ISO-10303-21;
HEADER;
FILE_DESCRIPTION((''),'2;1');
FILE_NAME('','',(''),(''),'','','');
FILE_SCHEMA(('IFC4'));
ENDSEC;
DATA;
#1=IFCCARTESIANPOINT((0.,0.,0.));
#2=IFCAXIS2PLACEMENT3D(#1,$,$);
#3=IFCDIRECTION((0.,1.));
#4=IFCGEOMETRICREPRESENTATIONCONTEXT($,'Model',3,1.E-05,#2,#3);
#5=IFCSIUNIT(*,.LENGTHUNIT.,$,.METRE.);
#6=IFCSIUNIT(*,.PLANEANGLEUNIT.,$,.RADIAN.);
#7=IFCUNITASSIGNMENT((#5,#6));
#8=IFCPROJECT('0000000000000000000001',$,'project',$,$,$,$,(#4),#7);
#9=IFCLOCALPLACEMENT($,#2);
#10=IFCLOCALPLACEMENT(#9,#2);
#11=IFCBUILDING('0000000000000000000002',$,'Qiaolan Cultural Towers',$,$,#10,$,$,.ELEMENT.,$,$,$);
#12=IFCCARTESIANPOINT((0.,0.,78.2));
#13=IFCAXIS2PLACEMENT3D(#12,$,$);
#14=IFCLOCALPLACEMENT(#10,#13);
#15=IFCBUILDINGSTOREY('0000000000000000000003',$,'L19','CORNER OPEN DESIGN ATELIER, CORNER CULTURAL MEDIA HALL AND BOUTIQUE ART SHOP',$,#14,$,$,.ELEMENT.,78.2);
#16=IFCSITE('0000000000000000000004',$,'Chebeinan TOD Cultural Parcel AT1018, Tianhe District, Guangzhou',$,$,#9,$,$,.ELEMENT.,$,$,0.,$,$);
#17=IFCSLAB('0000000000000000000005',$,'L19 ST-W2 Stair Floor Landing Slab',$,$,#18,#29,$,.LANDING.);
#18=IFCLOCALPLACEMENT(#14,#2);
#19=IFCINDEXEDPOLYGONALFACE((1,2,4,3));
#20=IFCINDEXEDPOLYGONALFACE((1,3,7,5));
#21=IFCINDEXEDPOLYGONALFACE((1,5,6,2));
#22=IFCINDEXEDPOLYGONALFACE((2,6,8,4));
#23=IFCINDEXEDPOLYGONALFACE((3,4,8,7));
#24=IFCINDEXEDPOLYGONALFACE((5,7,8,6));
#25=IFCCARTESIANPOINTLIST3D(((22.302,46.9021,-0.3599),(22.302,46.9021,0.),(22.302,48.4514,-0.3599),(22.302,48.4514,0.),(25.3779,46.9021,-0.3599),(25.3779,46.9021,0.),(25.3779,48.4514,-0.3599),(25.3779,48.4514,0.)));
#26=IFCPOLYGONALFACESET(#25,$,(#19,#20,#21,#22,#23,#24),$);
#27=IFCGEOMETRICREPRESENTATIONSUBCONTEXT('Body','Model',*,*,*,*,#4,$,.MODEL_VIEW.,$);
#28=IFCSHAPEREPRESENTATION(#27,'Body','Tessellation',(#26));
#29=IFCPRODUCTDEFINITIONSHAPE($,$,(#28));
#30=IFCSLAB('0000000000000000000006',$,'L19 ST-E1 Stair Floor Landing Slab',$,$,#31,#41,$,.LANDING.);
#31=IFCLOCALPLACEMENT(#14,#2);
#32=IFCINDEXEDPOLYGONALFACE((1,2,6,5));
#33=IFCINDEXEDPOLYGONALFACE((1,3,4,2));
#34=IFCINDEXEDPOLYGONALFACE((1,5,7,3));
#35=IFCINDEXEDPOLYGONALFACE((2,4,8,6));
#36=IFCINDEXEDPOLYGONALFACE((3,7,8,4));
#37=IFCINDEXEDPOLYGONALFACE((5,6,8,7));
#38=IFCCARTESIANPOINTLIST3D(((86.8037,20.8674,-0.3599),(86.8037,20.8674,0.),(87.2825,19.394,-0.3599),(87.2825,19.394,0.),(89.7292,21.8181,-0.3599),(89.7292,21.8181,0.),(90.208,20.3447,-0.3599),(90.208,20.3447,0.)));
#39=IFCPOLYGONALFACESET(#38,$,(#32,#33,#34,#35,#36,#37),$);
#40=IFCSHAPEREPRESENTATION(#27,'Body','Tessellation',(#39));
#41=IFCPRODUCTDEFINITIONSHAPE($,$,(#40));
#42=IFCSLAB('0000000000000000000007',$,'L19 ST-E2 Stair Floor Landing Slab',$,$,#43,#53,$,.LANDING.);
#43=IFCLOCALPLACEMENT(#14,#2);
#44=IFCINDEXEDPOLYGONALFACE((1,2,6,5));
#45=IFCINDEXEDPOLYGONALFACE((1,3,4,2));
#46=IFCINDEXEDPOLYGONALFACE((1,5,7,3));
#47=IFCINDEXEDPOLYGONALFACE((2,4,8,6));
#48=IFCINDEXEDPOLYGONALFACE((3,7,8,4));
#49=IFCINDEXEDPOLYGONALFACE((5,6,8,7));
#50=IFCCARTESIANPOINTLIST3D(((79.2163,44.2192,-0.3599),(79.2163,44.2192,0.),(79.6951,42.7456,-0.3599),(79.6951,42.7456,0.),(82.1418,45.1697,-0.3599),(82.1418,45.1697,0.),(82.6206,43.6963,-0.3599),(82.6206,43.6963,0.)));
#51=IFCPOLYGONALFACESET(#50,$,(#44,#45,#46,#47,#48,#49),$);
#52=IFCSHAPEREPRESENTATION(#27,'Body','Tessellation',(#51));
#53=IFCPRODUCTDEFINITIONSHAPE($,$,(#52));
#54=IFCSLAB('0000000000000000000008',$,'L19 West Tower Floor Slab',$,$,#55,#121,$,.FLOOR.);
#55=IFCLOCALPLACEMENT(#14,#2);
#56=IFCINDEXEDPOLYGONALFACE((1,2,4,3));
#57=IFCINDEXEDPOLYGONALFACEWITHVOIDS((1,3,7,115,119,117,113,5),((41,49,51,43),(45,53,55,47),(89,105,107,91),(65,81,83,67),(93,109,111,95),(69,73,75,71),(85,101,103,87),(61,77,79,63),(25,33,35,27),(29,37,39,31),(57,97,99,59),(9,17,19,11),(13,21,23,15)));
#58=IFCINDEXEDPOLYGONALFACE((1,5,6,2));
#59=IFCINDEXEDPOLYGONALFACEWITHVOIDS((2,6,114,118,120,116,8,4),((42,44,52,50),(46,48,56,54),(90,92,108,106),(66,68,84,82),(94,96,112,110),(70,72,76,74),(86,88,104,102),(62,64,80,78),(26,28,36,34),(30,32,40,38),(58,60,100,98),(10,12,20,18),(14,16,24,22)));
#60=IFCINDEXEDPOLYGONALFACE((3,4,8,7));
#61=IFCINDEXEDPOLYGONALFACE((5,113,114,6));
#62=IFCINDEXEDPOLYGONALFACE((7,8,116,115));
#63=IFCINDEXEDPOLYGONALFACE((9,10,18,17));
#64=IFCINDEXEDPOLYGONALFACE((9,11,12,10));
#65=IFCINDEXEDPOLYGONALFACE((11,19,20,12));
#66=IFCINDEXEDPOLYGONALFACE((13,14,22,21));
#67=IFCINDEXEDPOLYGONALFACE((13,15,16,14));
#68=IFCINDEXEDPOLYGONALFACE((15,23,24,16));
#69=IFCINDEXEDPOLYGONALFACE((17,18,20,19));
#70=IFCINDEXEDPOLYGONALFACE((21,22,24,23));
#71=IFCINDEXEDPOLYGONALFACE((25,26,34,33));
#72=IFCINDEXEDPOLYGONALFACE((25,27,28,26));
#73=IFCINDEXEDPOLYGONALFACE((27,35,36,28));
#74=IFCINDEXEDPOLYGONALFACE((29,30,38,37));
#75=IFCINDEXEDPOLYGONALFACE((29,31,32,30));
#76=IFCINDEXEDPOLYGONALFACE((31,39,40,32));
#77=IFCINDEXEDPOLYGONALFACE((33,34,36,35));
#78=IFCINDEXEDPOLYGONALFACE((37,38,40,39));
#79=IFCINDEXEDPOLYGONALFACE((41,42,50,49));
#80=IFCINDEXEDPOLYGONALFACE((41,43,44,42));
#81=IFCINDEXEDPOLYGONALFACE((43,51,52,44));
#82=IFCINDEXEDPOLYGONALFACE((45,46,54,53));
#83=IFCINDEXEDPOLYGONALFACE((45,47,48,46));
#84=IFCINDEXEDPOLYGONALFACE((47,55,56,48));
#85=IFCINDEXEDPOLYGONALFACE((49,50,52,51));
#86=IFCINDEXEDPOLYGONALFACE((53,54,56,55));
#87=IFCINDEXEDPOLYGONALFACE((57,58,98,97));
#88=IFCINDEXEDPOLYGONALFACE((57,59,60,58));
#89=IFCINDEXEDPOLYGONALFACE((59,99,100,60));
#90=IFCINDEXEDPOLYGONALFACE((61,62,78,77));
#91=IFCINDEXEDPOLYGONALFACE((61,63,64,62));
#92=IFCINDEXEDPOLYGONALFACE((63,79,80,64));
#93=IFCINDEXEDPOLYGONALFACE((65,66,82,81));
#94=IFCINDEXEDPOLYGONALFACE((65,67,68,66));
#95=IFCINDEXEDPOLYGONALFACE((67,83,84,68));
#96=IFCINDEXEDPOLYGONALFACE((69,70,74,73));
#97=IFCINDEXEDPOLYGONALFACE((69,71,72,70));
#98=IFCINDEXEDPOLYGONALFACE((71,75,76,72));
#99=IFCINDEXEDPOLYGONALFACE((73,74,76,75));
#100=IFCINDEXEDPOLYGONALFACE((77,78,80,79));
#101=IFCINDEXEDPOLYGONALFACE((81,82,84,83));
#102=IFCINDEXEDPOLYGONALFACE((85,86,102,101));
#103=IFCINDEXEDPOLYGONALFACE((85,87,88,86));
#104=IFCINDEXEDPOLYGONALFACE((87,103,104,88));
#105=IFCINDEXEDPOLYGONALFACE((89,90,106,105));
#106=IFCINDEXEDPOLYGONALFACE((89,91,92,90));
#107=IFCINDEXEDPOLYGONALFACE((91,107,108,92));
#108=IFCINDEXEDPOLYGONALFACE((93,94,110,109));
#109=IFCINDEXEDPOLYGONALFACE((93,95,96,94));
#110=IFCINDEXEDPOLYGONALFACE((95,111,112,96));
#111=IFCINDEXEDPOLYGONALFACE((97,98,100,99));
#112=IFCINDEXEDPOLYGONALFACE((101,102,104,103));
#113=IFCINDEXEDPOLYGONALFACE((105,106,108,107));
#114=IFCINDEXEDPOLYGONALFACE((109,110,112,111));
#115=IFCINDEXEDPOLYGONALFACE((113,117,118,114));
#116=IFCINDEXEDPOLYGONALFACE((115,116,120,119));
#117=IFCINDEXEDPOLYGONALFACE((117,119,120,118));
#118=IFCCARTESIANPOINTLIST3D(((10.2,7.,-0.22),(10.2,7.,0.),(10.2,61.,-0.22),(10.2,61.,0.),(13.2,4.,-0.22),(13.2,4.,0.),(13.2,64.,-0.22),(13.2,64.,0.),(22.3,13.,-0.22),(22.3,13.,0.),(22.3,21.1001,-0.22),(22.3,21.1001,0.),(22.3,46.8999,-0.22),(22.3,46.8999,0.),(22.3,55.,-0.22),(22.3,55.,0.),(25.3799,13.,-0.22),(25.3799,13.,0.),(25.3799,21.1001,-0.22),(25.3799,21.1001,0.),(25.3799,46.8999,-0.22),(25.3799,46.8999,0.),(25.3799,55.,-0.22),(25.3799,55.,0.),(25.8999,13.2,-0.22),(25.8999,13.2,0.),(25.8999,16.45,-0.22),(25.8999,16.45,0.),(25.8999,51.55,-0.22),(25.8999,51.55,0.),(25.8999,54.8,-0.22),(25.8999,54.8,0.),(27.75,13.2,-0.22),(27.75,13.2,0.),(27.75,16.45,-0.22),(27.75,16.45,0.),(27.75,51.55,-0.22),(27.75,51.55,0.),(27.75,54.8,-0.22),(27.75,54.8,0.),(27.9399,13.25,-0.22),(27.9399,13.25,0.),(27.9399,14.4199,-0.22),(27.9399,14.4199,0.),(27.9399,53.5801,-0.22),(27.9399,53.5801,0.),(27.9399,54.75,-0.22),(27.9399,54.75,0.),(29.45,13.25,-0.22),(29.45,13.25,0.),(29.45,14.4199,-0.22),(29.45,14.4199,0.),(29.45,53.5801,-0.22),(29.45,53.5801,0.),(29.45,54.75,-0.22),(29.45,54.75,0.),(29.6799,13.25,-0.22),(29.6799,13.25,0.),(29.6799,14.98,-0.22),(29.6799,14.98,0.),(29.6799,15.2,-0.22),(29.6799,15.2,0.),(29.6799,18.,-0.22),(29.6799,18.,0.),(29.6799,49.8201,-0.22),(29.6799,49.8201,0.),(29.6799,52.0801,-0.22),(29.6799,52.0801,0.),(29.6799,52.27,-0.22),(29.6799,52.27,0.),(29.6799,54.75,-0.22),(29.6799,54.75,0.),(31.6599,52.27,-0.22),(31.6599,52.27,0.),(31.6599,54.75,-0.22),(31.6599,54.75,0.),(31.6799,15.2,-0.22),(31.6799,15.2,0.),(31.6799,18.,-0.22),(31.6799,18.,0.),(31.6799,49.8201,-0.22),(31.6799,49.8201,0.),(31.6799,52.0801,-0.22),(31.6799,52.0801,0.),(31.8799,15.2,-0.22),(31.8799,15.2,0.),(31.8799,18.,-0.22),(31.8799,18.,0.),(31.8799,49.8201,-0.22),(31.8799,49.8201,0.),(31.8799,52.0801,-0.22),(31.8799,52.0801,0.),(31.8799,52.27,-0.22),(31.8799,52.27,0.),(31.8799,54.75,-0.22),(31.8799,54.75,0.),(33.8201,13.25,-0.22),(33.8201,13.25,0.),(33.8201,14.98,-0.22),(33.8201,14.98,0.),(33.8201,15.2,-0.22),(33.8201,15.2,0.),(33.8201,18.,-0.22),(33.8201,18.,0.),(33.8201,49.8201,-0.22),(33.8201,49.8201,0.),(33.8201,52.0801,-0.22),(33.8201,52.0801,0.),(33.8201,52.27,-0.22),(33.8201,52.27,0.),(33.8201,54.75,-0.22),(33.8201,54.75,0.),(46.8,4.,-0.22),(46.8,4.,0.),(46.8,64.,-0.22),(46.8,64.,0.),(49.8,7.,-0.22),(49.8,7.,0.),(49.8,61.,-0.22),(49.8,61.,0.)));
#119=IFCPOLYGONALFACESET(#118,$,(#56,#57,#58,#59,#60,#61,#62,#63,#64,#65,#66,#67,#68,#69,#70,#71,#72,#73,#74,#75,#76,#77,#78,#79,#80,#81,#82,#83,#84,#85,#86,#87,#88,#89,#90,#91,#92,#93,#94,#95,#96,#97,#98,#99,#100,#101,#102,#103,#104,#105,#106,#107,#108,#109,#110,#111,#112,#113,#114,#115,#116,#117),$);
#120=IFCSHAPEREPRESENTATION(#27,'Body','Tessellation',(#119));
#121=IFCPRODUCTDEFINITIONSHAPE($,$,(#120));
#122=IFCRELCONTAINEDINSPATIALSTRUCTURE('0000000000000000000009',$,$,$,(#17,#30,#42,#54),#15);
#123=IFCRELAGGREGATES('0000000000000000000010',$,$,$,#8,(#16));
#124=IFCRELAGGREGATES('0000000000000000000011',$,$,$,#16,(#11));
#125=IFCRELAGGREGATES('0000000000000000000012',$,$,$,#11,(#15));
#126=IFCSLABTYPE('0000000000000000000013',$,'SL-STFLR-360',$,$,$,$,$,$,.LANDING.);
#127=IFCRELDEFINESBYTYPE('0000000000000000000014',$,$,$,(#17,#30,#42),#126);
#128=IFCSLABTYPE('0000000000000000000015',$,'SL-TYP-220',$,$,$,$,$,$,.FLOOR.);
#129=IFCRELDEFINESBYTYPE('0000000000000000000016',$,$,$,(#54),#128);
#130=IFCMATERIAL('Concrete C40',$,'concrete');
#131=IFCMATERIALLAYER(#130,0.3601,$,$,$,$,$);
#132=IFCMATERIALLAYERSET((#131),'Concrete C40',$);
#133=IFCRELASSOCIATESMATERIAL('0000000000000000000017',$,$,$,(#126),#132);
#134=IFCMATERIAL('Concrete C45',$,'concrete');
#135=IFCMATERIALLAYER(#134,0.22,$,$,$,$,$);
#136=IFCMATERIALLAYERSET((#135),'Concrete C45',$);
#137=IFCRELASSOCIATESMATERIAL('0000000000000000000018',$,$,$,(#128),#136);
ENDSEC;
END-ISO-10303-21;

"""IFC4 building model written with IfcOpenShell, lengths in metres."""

from ifc_helpers import new_model, si_unit, direction, frame, origin, place, context, subcontext, project, spatial, polyline, outline, extrude, material, layer, layer_set, type_object, element, save


model = new_model("IFC4")

# Units and contexts
model_context = context("Model", 3, precision=1e-05, world=origin(), true_north=direction((0.0, 1.0)))
body_context = subcontext(model_context, "Body", "Model", "MODEL_VIEW")
ifc_project = project(units=[si_unit("LENGTHUNIT", "METRE"), si_unit("PLANEANGLEUNIT", "RADIAN")], contexts=[model_context])

# Site, building, storey
site_placement = place(None, origin())
site = spatial("IfcSite", under=ifc_project, at=site_placement, Name="Chebeinan TOD Cultural Parcel AT1018, Tianhe District, Guangzhou", CompositionType="ELEMENT", RefElevation=0.0)
building_placement = place(site_placement, origin())
building = spatial("IfcBuilding", under=site, at=building_placement, Name="Qiaolan Cultural Towers", CompositionType="ELEMENT")
storey_placement = place(building_placement, frame((0.0, 0.0, 78.2)))
storey = spatial("IfcBuildingStorey", under=building, at=storey_placement, Name="L19", Description="CORNER OPEN DESIGN ATELIER, CORNER CULTURAL MEDIA HALL AND BOUTIQUE ART SHOP", CompositionType="ELEMENT", Elevation=78.2)

# Slabs
ifc_material_1 = material(Name="Concrete C40", Category="concrete")
ifc_layer_1 = layer(ifc_material_1, 0.3601)
ifc_layer_set_1 = layer_set([ifc_layer_1], Name="Concrete C40")
slab_type_1 = type_object("IfcSlabType", Name="SL-STFLR-360", PredefinedType="LANDING", material=ifc_layer_set_1)
slab_1_placement = place(storey_placement, frame((0.0, 0.0, -0.3599)))
element("IfcSlab", 1, at=slab_1_placement, inside=storey, type_object=slab_type_1, Name="L19 ST-W2 Stair Floor Landing Slab", PredefinedType="LANDING", context=body_context, shape_type="SweptSolid", body=[
    extrude(outline(polyline([(25.3779, 46.9021), (25.3779, 48.4514), (22.302, 48.4514), (22.302, 46.9021), (25.3779, 46.9021)])), origin(), (0.0, 0.0, 1.0), 0.3599),
])
slab_2_placement = place(storey_placement, frame((0.0, 0.0, -0.3599)))
element("IfcSlab", 2, at=slab_2_placement, inside=storey, type_object=slab_type_1, Name="L19 ST-E1 Stair Floor Landing Slab", PredefinedType="LANDING", context=body_context, shape_type="SweptSolid", body=[
    extrude(outline(polyline([(86.8037, 20.8674), (87.2825, 19.394), (90.208, 20.3447), (89.7292, 21.8181), (86.8037, 20.8674)])), origin(), (0.0, 0.0, 1.0), 0.3599),
])
slab_3_placement = place(storey_placement, frame((0.0, 0.0, -0.3599)))
element("IfcSlab", 3, at=slab_3_placement, inside=storey, type_object=slab_type_1, Name="L19 ST-E2 Stair Floor Landing Slab", PredefinedType="LANDING", context=body_context, shape_type="SweptSolid", body=[
    extrude(outline(polyline([(82.6206, 43.6963), (82.1418, 45.1697), (79.2163, 44.2192), (79.6951, 42.7456), (82.6206, 43.6963)])), origin(), (0.0, 0.0, 1.0), 0.3599),
])
ifc_material_2 = material(Name="Concrete C45", Category="concrete")
ifc_layer_2 = layer(ifc_material_2, 0.22)
ifc_layer_set_2 = layer_set([ifc_layer_2], Name="Concrete C45")
slab_type_2 = type_object("IfcSlabType", Name="SL-TYP-220", PredefinedType="FLOOR", material=ifc_layer_set_2)
slab_4_placement = place(storey_placement, frame((0.0, 0.0, -0.22)))
element("IfcSlab", 4, at=slab_4_placement, inside=storey, type_object=slab_type_2, Name="L19 West Tower Floor Slab", PredefinedType="FLOOR", context=body_context, shape_type="SweptSolid", body=[
    extrude(outline(polyline([(13.2, 4.0), (46.8, 4.0), (49.8, 7.0), (49.8, 61.0), (46.8, 64.0), (13.2, 64.0), (10.2, 61.0), (10.2, 7.0), (13.2, 4.0)]), holes=[polyline([(22.3, 21.1001), (22.3, 13.0), (25.3799, 13.0), (25.3799, 21.1001), (22.3, 21.1001)]), polyline([(25.3799, 46.8999), (25.3799, 55.0), (22.3, 55.0), (22.3, 46.8999), (25.3799, 46.8999)]), polyline([(25.8999, 13.2), (27.75, 13.2), (27.75, 16.45), (25.8999, 16.45), (25.8999, 13.2)]), polyline([(27.9399, 13.25), (29.45, 13.25), (29.45, 14.4199), (27.9399, 14.4199), (27.9399, 13.25)]), polyline([(29.6799, 15.2), (31.6799, 15.2), (31.6799, 18.0), (29.6799, 18.0), (29.6799, 15.2)]), polyline([(31.8799, 15.2), (33.8201, 15.2), (33.8201, 18.0), (31.8799, 18.0), (31.8799, 15.2)]), polyline([(29.6799, 13.25), (33.8201, 13.25), (33.8201, 14.98), (29.6799, 14.98), (29.6799, 13.25)]), polyline([(25.8999, 51.55), (27.75, 51.55), (27.75, 54.8), (25.8999, 54.8), (25.8999, 51.55)]), polyline([(27.9399, 53.5801), (29.45, 53.5801), (29.45, 54.75), (27.9399, 54.75), (27.9399, 53.5801)]), polyline([(29.6799, 49.8201), (31.6799, 49.8201), (31.6799, 52.0801), (29.6799, 52.0801), (29.6799, 49.8201)]), polyline([(31.8799, 49.8201), (33.8201, 49.8201), (33.8201, 52.0801), (31.8799, 52.0801), (31.8799, 49.8201)]), polyline([(29.6799, 52.27), (31.6599, 52.27), (31.6599, 54.75), (29.6799, 54.75), (29.6799, 52.27)]), polyline([(31.8799, 52.27), (33.8201, 52.27), (33.8201, 54.75), (31.8799, 54.75), (31.8799, 52.27)])]), origin(), (0.0, 0.0, 1.0), 0.22),
])

save(model, "model.ifc")
